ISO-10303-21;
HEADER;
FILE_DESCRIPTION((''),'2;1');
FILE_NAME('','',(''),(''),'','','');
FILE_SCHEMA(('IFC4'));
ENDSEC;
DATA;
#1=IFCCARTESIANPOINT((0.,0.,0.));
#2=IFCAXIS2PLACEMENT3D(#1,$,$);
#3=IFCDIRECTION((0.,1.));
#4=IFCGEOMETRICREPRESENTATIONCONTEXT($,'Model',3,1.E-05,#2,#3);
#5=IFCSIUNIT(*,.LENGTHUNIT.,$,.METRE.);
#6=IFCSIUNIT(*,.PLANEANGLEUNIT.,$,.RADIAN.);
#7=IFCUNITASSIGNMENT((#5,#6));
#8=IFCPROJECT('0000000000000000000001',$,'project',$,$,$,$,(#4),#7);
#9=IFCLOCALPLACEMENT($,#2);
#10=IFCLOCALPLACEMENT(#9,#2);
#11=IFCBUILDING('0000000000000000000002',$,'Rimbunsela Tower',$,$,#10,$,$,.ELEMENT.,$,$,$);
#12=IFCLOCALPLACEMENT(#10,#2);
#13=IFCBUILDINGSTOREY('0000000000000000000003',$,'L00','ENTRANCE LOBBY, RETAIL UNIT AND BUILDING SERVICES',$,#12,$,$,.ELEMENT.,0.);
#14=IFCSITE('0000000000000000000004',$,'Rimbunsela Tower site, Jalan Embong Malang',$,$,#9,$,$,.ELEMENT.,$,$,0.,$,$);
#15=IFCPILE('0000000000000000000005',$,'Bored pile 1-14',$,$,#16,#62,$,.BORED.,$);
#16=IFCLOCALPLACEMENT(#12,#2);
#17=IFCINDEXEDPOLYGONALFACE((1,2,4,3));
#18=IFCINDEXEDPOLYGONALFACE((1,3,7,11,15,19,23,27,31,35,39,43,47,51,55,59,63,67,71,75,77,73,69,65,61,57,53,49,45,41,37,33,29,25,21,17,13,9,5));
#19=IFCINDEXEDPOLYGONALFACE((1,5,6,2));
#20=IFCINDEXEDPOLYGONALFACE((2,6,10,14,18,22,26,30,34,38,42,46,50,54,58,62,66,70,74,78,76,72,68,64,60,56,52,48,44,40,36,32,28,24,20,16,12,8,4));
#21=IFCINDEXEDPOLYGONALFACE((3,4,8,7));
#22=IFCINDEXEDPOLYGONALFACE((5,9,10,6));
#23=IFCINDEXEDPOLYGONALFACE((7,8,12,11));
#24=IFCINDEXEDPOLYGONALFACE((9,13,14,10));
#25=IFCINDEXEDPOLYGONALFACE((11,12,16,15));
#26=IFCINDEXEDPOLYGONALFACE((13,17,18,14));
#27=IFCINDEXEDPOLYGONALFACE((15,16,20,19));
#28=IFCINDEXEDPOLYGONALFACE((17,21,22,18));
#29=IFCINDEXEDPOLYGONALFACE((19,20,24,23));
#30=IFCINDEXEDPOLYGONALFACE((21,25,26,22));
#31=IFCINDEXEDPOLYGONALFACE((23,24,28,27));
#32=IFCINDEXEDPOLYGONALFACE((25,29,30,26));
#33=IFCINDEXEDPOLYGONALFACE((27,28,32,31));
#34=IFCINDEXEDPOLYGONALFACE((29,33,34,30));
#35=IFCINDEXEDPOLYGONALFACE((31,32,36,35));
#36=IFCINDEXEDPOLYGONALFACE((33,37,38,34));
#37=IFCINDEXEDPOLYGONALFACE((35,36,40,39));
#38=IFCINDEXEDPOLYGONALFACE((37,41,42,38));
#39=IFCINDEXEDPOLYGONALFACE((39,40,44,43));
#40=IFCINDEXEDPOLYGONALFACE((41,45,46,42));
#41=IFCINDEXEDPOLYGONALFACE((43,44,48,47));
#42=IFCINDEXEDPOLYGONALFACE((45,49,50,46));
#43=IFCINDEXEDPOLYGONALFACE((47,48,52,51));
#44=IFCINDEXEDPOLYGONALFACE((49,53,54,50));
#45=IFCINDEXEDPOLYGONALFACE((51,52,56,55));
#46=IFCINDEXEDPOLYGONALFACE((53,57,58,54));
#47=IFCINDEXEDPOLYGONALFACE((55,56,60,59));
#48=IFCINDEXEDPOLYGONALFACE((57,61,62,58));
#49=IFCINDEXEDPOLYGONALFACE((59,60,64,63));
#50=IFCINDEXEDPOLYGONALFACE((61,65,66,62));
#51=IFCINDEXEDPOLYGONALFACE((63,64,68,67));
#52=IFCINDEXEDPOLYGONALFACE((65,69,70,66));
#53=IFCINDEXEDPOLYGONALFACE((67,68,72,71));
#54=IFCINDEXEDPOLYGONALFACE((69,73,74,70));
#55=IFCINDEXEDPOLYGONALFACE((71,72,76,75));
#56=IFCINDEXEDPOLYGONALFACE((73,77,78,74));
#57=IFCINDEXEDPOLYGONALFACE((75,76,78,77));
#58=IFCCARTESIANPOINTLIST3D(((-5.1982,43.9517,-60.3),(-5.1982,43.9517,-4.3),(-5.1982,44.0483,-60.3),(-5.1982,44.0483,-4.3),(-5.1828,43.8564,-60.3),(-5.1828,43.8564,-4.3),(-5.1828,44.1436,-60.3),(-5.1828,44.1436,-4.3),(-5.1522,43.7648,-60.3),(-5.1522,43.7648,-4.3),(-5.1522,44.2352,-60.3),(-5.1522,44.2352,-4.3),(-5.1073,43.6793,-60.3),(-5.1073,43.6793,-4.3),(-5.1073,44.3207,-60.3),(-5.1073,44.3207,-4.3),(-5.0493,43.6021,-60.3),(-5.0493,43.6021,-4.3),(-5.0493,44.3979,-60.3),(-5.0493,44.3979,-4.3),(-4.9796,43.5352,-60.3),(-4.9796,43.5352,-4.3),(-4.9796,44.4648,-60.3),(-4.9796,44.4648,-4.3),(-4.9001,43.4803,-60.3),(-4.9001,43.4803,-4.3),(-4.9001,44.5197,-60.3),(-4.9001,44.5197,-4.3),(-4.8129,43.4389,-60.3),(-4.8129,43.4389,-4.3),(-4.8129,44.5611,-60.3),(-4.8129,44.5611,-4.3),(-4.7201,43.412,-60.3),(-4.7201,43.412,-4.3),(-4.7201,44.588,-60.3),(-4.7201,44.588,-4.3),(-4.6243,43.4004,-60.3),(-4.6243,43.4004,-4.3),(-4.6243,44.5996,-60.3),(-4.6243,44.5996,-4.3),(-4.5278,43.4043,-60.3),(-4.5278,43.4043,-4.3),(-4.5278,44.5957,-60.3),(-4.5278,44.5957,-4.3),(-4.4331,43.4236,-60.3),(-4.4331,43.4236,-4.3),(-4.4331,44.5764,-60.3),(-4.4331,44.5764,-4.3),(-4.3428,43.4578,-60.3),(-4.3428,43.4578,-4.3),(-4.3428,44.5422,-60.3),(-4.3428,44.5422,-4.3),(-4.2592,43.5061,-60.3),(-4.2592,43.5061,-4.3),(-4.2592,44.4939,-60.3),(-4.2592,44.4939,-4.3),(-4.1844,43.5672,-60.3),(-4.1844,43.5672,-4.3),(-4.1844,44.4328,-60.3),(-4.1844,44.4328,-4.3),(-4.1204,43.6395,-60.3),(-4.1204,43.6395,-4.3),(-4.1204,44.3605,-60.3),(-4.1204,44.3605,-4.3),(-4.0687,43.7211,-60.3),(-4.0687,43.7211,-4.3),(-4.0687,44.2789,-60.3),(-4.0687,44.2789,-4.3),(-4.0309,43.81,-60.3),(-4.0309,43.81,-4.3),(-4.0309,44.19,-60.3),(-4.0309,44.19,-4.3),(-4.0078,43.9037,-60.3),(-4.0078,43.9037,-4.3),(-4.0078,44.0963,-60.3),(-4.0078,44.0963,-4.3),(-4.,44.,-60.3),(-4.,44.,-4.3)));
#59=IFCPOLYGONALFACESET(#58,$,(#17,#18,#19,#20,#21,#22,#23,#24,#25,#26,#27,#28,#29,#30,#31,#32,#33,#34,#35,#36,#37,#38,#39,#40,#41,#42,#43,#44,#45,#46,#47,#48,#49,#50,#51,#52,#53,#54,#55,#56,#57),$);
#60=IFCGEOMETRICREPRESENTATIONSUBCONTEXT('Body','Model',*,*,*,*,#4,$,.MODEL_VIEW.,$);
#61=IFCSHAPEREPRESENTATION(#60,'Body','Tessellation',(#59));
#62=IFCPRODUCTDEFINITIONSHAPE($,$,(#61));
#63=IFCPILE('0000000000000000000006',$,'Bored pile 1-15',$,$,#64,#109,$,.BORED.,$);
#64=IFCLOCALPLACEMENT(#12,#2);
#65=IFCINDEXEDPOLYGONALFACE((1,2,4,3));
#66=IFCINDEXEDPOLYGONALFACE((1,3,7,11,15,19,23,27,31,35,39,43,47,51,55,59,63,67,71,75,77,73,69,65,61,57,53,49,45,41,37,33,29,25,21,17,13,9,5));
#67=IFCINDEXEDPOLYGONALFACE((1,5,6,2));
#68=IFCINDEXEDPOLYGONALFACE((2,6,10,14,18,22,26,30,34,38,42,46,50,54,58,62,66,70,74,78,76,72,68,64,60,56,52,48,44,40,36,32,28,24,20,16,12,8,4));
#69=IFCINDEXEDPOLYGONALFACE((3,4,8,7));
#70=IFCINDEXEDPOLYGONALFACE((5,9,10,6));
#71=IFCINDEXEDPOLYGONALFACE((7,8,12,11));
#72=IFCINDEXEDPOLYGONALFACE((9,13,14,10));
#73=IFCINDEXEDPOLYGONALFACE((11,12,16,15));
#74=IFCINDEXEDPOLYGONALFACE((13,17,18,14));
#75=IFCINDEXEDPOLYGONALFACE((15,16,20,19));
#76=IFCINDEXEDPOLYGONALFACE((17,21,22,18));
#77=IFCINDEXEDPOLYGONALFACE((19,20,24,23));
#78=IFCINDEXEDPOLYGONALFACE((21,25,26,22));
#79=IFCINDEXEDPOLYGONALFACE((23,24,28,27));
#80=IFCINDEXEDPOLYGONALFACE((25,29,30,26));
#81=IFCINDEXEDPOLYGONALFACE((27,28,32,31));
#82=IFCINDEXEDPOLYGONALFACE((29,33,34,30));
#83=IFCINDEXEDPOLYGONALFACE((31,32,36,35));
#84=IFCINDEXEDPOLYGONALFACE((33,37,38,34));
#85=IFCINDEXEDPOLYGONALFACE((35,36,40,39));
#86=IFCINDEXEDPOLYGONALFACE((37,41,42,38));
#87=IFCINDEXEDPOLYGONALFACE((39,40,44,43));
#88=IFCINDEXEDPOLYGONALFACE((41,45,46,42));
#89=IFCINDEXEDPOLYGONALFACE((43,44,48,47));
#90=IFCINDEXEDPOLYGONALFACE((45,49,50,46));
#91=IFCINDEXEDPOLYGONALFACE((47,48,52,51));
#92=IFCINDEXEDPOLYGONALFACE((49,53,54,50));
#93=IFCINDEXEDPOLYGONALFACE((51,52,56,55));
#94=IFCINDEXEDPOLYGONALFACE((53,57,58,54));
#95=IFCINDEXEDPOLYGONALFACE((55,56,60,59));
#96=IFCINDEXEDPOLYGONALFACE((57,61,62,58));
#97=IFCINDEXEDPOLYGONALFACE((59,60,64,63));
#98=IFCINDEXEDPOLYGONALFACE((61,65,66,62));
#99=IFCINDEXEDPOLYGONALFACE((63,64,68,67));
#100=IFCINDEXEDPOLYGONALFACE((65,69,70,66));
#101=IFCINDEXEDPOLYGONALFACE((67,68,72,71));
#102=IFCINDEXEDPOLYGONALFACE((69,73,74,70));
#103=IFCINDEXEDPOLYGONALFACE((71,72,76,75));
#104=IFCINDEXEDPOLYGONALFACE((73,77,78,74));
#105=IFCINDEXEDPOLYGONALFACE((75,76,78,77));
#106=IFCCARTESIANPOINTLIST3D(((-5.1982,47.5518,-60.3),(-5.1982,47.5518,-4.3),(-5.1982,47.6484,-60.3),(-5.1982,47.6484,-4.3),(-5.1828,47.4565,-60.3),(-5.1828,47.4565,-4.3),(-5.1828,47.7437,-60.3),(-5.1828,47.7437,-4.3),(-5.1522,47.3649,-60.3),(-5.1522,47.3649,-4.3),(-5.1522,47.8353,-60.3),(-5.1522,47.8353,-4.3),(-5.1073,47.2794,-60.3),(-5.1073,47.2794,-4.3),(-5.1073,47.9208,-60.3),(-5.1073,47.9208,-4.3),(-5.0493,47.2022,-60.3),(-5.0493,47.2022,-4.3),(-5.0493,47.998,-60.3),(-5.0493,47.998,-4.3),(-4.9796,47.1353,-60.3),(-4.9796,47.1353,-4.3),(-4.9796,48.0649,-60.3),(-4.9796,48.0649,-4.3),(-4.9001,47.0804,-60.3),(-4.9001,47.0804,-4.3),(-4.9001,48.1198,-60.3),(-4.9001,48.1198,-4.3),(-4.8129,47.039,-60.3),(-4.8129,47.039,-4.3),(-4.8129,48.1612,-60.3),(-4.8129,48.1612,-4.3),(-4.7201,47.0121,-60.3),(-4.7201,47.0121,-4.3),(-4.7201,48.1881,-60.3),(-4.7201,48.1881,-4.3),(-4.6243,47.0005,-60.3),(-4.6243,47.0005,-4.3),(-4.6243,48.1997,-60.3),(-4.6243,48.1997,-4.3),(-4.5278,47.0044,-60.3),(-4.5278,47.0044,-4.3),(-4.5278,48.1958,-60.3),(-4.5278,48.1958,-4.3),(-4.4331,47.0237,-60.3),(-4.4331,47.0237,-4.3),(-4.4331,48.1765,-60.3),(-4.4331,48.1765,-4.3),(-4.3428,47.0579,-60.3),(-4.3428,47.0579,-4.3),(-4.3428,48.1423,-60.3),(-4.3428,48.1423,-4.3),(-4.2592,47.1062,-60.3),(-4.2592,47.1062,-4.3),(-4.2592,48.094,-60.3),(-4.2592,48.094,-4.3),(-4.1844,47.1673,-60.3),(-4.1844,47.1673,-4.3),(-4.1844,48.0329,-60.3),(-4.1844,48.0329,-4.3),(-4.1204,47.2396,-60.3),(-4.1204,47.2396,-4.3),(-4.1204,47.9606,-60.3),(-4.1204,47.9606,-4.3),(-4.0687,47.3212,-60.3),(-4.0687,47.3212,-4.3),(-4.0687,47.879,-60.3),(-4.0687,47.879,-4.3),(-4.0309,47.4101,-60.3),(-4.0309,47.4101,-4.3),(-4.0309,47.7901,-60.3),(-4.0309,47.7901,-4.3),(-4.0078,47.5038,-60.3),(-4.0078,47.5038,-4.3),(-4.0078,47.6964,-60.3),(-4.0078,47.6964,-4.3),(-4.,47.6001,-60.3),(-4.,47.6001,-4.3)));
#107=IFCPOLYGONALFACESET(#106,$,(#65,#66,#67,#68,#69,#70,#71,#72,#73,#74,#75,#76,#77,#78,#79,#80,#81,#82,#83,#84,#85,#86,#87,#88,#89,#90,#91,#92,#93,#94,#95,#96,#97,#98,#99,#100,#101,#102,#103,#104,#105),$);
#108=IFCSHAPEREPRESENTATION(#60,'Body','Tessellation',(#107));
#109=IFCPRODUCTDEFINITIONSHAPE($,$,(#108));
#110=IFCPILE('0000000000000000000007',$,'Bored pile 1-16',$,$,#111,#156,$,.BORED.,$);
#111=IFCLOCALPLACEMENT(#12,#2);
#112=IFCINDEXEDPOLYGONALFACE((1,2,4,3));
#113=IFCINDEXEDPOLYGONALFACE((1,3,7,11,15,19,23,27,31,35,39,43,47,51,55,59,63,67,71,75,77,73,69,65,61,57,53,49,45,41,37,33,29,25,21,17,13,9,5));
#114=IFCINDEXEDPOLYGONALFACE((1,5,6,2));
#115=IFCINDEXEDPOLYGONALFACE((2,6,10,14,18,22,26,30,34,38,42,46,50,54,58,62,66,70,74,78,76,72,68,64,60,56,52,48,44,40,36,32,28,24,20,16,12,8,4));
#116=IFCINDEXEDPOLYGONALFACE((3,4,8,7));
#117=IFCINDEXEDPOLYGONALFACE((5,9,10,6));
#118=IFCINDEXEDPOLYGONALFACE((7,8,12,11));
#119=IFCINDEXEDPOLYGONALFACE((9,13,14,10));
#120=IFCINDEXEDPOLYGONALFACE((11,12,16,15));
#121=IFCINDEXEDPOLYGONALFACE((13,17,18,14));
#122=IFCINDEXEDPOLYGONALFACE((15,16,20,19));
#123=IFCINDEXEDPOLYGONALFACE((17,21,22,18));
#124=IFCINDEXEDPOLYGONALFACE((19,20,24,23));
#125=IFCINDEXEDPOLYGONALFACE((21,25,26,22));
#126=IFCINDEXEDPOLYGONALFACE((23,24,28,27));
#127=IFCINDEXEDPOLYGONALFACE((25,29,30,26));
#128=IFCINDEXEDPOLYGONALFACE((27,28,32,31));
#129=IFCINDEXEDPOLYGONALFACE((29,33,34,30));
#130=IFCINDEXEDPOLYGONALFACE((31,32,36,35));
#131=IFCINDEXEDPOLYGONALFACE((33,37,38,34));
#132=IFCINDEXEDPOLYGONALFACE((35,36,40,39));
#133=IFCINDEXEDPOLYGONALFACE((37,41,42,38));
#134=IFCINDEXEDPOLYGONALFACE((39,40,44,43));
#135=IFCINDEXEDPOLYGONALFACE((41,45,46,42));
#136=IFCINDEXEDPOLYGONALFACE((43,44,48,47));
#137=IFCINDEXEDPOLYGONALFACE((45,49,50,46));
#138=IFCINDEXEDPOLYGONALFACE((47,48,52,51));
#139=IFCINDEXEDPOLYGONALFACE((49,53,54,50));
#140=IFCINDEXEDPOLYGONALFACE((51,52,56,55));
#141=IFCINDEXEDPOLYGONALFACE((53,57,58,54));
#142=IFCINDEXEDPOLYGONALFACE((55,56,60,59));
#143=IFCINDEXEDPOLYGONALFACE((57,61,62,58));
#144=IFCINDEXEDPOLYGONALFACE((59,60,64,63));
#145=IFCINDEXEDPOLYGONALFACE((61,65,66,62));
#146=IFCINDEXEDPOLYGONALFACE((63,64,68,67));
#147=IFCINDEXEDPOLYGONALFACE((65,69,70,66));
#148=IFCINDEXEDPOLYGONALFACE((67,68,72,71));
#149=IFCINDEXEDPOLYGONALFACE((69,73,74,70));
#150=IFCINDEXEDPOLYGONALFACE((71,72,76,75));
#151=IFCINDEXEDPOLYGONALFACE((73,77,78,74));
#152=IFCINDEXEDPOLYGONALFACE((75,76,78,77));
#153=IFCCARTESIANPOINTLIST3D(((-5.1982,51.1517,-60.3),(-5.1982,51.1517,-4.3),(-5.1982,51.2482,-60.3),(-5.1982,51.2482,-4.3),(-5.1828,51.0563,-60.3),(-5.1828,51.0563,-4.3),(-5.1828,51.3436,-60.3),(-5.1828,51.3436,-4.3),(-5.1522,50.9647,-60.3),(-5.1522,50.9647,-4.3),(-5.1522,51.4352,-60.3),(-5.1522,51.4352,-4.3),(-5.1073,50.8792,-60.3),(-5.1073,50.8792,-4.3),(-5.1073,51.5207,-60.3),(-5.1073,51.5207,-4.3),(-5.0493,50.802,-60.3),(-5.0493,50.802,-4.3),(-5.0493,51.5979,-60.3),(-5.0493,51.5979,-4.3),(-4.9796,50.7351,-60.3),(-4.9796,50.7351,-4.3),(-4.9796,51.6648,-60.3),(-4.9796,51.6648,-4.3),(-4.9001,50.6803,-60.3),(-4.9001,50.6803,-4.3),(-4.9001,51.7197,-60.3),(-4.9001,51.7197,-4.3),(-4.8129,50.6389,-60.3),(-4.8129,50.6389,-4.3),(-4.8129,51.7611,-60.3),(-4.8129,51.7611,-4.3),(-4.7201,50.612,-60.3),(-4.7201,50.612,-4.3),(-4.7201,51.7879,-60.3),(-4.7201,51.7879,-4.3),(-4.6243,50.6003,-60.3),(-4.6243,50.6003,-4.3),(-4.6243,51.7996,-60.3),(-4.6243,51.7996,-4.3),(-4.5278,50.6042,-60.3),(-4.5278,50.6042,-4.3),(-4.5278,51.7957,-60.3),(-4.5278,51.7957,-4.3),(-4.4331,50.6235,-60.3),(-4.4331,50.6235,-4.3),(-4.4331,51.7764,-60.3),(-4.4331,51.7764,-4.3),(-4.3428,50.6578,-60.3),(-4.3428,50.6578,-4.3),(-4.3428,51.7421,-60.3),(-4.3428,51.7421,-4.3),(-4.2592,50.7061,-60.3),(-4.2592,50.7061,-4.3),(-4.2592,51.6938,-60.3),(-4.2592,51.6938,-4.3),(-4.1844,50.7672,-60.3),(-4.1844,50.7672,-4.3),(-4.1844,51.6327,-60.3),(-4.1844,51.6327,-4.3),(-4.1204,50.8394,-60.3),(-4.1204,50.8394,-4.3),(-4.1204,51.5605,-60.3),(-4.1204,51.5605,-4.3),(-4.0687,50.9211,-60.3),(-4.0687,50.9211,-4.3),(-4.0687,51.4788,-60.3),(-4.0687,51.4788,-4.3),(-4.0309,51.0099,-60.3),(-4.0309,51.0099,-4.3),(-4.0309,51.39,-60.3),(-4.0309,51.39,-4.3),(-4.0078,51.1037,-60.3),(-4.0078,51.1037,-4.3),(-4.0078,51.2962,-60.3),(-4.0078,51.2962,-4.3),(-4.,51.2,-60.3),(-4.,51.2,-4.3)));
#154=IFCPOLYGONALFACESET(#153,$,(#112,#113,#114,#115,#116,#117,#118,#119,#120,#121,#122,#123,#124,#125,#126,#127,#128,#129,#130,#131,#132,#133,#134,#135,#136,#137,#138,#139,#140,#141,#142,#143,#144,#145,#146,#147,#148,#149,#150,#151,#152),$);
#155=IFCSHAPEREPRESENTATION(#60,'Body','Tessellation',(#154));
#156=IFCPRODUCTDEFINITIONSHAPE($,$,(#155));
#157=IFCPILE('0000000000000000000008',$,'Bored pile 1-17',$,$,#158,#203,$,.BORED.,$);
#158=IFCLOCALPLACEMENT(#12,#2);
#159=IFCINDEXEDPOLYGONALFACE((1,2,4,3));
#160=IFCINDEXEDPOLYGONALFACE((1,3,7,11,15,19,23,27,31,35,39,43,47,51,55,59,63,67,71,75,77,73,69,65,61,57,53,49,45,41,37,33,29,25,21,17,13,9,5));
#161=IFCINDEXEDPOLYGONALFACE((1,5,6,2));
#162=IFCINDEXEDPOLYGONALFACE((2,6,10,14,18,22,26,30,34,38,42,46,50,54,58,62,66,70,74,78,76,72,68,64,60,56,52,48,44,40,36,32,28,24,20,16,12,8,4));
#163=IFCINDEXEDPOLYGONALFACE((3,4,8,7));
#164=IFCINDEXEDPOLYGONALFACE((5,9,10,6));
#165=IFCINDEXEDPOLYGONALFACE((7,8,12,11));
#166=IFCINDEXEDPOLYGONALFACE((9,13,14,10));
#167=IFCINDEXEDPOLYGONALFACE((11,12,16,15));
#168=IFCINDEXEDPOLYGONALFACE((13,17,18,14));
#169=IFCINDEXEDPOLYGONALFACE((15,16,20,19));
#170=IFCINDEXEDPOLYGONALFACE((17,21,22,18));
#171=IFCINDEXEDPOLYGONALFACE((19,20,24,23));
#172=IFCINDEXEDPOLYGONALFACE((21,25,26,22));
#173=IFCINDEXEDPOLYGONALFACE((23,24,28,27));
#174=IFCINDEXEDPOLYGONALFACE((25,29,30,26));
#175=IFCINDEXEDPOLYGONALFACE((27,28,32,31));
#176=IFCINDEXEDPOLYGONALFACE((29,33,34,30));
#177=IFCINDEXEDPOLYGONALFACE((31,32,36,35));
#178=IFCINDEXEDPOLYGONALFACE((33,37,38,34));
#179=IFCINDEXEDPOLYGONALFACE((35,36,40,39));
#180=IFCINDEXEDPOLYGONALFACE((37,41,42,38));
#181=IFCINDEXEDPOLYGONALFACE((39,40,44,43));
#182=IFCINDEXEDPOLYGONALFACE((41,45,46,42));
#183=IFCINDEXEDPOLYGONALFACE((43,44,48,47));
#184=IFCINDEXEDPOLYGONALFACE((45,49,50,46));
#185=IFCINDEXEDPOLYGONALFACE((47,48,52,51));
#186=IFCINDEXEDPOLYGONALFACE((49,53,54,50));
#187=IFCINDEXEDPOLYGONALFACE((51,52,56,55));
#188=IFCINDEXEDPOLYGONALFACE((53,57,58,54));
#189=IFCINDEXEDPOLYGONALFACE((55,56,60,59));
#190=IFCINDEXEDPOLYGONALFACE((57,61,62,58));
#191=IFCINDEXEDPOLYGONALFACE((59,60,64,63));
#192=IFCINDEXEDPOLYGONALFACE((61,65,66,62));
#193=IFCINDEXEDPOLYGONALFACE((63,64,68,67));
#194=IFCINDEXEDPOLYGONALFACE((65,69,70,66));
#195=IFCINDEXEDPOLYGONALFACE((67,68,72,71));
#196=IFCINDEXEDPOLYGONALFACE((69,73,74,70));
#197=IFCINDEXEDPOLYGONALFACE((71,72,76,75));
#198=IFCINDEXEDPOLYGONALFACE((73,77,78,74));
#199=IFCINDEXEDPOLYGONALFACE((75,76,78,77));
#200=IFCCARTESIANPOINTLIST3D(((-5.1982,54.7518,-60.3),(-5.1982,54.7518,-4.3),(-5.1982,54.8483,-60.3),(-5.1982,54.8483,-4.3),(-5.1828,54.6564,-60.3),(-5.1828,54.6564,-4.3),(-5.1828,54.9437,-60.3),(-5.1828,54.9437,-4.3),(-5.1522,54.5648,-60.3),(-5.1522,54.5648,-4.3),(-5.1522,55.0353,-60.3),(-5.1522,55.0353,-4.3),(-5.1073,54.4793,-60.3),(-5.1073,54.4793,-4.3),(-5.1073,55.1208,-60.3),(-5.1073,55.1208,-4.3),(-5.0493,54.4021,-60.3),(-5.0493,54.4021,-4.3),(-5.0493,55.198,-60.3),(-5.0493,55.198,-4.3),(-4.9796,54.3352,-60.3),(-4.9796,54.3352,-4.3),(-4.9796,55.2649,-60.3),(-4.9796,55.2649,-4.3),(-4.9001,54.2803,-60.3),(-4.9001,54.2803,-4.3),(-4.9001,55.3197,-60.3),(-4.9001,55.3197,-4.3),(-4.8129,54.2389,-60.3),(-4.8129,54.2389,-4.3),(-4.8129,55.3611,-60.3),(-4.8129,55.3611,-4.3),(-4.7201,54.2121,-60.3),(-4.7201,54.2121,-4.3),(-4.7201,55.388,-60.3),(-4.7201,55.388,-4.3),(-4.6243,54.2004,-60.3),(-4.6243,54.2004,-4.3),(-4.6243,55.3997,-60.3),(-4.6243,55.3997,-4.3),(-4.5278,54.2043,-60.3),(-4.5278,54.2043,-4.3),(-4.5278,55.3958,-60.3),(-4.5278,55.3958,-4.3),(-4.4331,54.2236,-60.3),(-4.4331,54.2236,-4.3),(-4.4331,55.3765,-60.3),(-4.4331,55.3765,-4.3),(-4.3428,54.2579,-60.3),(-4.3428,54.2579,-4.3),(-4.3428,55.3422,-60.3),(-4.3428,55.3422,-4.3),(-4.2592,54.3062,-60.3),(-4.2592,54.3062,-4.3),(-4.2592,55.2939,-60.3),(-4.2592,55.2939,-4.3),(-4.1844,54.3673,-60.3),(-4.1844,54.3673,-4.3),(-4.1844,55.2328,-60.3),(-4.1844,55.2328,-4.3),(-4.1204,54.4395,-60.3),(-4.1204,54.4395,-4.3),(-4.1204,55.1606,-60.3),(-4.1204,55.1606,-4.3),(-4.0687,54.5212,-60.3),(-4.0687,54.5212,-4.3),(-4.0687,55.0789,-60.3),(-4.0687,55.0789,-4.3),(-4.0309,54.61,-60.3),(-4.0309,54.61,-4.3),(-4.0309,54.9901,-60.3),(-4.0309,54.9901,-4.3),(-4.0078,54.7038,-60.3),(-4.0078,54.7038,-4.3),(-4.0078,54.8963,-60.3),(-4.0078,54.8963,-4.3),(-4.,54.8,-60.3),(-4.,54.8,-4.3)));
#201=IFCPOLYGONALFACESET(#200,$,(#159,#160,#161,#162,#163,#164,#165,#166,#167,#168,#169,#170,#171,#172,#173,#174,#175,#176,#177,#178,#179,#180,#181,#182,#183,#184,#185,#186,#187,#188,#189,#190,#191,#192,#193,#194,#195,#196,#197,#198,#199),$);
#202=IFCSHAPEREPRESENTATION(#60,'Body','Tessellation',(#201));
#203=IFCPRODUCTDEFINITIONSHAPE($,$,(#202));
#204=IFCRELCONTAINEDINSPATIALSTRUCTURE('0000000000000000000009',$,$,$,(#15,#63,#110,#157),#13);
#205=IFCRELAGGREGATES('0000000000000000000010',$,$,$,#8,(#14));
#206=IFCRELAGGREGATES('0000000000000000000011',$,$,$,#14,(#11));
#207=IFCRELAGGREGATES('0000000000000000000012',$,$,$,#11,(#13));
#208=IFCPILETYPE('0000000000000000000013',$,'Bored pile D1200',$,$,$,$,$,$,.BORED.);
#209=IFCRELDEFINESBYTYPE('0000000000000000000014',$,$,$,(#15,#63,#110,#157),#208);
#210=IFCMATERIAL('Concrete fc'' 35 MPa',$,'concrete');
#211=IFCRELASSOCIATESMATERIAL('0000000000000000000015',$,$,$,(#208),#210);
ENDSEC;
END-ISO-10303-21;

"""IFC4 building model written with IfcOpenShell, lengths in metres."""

from ifc_helpers import new_model, si_unit, direction, frame, origin, origin_2d, place, context, subcontext, project, spatial, circle, extrude, material, material_profile, profile_set, type_object, element, save


model = new_model("IFC4")

# Units and contexts
model_context = context("Model", 3, precision=1e-05, world=origin(), true_north=direction((0.0, 1.0)))
body_context = subcontext(model_context, "Body", "Model", "MODEL_VIEW")
ifc_project = project(units=[si_unit("LENGTHUNIT", "METRE"), si_unit("PLANEANGLEUNIT", "RADIAN")], contexts=[model_context])

# Site, building, storey
site_placement = place(None, origin())
site = spatial("IfcSite", under=ifc_project, at=site_placement, Name="Rimbunsela Tower site, Jalan Embong Malang", CompositionType="ELEMENT", RefElevation=0.0)
building_placement = place(site_placement, origin())
building = spatial("IfcBuilding", under=site, at=building_placement, Name="Rimbunsela Tower", CompositionType="ELEMENT")
storey_placement = place(building_placement, origin())
storey = spatial("IfcBuildingStorey", under=building, at=storey_placement, Name="L00", Description="ENTRANCE LOBBY, RETAIL UNIT AND BUILDING SERVICES", CompositionType="ELEMENT", Elevation=0.0)

# Piles
ifc_material_1 = material(Name="Concrete fc' 35 MPa", Category="concrete")
ifc_material_profile_1 = material_profile(ifc_material_1, circle(Radius=0.6001, at=origin_2d()), Name="BP D1200")
ifc_profile_set_1 = profile_set([ifc_material_profile_1], Name="Concrete fc' 35 MPa")
pile_type = type_object("IfcPileType", Name="Bored pile D1200", PredefinedType="BORED", material=ifc_profile_set_1)
for number, where, z_axis, x_axis, name in (
    (1, (-4.6001, 44.0, -4.3), (0.0, 0.0, -1.0), (1.0, 0.0, 0.0), "Bored pile 1-14"),
    (2, (-4.6001, 47.6001, -4.3), (0.0, 0.0, -1.0), (1.0, 0.0, 0.0), "Bored pile 1-15"),
    (3, (-4.6001, 51.2, -4.3), (0.0, 0.0, -1.0), (1.0, 0.0, 0.0), "Bored pile 1-16"),
    (4, (-4.6001, 54.8, -4.3), (0.0, 0.0, -1.0), (1.0, 0.0, 0.0), "Bored pile 1-17"),
):
    element("IfcPile", number, at=place(storey_placement, frame(where, z_axis=z_axis, x_axis=x_axis)), inside=storey, type_object=pile_type, Name=name, PredefinedType="BORED", context=body_context, shape_type="SweptSolid", body=[
        extrude(circle(Radius=0.6001, at=origin_2d()), origin(), (0.0, 0.0, 1.0), 56.0),
    ])

save(model, "model.ifc")
